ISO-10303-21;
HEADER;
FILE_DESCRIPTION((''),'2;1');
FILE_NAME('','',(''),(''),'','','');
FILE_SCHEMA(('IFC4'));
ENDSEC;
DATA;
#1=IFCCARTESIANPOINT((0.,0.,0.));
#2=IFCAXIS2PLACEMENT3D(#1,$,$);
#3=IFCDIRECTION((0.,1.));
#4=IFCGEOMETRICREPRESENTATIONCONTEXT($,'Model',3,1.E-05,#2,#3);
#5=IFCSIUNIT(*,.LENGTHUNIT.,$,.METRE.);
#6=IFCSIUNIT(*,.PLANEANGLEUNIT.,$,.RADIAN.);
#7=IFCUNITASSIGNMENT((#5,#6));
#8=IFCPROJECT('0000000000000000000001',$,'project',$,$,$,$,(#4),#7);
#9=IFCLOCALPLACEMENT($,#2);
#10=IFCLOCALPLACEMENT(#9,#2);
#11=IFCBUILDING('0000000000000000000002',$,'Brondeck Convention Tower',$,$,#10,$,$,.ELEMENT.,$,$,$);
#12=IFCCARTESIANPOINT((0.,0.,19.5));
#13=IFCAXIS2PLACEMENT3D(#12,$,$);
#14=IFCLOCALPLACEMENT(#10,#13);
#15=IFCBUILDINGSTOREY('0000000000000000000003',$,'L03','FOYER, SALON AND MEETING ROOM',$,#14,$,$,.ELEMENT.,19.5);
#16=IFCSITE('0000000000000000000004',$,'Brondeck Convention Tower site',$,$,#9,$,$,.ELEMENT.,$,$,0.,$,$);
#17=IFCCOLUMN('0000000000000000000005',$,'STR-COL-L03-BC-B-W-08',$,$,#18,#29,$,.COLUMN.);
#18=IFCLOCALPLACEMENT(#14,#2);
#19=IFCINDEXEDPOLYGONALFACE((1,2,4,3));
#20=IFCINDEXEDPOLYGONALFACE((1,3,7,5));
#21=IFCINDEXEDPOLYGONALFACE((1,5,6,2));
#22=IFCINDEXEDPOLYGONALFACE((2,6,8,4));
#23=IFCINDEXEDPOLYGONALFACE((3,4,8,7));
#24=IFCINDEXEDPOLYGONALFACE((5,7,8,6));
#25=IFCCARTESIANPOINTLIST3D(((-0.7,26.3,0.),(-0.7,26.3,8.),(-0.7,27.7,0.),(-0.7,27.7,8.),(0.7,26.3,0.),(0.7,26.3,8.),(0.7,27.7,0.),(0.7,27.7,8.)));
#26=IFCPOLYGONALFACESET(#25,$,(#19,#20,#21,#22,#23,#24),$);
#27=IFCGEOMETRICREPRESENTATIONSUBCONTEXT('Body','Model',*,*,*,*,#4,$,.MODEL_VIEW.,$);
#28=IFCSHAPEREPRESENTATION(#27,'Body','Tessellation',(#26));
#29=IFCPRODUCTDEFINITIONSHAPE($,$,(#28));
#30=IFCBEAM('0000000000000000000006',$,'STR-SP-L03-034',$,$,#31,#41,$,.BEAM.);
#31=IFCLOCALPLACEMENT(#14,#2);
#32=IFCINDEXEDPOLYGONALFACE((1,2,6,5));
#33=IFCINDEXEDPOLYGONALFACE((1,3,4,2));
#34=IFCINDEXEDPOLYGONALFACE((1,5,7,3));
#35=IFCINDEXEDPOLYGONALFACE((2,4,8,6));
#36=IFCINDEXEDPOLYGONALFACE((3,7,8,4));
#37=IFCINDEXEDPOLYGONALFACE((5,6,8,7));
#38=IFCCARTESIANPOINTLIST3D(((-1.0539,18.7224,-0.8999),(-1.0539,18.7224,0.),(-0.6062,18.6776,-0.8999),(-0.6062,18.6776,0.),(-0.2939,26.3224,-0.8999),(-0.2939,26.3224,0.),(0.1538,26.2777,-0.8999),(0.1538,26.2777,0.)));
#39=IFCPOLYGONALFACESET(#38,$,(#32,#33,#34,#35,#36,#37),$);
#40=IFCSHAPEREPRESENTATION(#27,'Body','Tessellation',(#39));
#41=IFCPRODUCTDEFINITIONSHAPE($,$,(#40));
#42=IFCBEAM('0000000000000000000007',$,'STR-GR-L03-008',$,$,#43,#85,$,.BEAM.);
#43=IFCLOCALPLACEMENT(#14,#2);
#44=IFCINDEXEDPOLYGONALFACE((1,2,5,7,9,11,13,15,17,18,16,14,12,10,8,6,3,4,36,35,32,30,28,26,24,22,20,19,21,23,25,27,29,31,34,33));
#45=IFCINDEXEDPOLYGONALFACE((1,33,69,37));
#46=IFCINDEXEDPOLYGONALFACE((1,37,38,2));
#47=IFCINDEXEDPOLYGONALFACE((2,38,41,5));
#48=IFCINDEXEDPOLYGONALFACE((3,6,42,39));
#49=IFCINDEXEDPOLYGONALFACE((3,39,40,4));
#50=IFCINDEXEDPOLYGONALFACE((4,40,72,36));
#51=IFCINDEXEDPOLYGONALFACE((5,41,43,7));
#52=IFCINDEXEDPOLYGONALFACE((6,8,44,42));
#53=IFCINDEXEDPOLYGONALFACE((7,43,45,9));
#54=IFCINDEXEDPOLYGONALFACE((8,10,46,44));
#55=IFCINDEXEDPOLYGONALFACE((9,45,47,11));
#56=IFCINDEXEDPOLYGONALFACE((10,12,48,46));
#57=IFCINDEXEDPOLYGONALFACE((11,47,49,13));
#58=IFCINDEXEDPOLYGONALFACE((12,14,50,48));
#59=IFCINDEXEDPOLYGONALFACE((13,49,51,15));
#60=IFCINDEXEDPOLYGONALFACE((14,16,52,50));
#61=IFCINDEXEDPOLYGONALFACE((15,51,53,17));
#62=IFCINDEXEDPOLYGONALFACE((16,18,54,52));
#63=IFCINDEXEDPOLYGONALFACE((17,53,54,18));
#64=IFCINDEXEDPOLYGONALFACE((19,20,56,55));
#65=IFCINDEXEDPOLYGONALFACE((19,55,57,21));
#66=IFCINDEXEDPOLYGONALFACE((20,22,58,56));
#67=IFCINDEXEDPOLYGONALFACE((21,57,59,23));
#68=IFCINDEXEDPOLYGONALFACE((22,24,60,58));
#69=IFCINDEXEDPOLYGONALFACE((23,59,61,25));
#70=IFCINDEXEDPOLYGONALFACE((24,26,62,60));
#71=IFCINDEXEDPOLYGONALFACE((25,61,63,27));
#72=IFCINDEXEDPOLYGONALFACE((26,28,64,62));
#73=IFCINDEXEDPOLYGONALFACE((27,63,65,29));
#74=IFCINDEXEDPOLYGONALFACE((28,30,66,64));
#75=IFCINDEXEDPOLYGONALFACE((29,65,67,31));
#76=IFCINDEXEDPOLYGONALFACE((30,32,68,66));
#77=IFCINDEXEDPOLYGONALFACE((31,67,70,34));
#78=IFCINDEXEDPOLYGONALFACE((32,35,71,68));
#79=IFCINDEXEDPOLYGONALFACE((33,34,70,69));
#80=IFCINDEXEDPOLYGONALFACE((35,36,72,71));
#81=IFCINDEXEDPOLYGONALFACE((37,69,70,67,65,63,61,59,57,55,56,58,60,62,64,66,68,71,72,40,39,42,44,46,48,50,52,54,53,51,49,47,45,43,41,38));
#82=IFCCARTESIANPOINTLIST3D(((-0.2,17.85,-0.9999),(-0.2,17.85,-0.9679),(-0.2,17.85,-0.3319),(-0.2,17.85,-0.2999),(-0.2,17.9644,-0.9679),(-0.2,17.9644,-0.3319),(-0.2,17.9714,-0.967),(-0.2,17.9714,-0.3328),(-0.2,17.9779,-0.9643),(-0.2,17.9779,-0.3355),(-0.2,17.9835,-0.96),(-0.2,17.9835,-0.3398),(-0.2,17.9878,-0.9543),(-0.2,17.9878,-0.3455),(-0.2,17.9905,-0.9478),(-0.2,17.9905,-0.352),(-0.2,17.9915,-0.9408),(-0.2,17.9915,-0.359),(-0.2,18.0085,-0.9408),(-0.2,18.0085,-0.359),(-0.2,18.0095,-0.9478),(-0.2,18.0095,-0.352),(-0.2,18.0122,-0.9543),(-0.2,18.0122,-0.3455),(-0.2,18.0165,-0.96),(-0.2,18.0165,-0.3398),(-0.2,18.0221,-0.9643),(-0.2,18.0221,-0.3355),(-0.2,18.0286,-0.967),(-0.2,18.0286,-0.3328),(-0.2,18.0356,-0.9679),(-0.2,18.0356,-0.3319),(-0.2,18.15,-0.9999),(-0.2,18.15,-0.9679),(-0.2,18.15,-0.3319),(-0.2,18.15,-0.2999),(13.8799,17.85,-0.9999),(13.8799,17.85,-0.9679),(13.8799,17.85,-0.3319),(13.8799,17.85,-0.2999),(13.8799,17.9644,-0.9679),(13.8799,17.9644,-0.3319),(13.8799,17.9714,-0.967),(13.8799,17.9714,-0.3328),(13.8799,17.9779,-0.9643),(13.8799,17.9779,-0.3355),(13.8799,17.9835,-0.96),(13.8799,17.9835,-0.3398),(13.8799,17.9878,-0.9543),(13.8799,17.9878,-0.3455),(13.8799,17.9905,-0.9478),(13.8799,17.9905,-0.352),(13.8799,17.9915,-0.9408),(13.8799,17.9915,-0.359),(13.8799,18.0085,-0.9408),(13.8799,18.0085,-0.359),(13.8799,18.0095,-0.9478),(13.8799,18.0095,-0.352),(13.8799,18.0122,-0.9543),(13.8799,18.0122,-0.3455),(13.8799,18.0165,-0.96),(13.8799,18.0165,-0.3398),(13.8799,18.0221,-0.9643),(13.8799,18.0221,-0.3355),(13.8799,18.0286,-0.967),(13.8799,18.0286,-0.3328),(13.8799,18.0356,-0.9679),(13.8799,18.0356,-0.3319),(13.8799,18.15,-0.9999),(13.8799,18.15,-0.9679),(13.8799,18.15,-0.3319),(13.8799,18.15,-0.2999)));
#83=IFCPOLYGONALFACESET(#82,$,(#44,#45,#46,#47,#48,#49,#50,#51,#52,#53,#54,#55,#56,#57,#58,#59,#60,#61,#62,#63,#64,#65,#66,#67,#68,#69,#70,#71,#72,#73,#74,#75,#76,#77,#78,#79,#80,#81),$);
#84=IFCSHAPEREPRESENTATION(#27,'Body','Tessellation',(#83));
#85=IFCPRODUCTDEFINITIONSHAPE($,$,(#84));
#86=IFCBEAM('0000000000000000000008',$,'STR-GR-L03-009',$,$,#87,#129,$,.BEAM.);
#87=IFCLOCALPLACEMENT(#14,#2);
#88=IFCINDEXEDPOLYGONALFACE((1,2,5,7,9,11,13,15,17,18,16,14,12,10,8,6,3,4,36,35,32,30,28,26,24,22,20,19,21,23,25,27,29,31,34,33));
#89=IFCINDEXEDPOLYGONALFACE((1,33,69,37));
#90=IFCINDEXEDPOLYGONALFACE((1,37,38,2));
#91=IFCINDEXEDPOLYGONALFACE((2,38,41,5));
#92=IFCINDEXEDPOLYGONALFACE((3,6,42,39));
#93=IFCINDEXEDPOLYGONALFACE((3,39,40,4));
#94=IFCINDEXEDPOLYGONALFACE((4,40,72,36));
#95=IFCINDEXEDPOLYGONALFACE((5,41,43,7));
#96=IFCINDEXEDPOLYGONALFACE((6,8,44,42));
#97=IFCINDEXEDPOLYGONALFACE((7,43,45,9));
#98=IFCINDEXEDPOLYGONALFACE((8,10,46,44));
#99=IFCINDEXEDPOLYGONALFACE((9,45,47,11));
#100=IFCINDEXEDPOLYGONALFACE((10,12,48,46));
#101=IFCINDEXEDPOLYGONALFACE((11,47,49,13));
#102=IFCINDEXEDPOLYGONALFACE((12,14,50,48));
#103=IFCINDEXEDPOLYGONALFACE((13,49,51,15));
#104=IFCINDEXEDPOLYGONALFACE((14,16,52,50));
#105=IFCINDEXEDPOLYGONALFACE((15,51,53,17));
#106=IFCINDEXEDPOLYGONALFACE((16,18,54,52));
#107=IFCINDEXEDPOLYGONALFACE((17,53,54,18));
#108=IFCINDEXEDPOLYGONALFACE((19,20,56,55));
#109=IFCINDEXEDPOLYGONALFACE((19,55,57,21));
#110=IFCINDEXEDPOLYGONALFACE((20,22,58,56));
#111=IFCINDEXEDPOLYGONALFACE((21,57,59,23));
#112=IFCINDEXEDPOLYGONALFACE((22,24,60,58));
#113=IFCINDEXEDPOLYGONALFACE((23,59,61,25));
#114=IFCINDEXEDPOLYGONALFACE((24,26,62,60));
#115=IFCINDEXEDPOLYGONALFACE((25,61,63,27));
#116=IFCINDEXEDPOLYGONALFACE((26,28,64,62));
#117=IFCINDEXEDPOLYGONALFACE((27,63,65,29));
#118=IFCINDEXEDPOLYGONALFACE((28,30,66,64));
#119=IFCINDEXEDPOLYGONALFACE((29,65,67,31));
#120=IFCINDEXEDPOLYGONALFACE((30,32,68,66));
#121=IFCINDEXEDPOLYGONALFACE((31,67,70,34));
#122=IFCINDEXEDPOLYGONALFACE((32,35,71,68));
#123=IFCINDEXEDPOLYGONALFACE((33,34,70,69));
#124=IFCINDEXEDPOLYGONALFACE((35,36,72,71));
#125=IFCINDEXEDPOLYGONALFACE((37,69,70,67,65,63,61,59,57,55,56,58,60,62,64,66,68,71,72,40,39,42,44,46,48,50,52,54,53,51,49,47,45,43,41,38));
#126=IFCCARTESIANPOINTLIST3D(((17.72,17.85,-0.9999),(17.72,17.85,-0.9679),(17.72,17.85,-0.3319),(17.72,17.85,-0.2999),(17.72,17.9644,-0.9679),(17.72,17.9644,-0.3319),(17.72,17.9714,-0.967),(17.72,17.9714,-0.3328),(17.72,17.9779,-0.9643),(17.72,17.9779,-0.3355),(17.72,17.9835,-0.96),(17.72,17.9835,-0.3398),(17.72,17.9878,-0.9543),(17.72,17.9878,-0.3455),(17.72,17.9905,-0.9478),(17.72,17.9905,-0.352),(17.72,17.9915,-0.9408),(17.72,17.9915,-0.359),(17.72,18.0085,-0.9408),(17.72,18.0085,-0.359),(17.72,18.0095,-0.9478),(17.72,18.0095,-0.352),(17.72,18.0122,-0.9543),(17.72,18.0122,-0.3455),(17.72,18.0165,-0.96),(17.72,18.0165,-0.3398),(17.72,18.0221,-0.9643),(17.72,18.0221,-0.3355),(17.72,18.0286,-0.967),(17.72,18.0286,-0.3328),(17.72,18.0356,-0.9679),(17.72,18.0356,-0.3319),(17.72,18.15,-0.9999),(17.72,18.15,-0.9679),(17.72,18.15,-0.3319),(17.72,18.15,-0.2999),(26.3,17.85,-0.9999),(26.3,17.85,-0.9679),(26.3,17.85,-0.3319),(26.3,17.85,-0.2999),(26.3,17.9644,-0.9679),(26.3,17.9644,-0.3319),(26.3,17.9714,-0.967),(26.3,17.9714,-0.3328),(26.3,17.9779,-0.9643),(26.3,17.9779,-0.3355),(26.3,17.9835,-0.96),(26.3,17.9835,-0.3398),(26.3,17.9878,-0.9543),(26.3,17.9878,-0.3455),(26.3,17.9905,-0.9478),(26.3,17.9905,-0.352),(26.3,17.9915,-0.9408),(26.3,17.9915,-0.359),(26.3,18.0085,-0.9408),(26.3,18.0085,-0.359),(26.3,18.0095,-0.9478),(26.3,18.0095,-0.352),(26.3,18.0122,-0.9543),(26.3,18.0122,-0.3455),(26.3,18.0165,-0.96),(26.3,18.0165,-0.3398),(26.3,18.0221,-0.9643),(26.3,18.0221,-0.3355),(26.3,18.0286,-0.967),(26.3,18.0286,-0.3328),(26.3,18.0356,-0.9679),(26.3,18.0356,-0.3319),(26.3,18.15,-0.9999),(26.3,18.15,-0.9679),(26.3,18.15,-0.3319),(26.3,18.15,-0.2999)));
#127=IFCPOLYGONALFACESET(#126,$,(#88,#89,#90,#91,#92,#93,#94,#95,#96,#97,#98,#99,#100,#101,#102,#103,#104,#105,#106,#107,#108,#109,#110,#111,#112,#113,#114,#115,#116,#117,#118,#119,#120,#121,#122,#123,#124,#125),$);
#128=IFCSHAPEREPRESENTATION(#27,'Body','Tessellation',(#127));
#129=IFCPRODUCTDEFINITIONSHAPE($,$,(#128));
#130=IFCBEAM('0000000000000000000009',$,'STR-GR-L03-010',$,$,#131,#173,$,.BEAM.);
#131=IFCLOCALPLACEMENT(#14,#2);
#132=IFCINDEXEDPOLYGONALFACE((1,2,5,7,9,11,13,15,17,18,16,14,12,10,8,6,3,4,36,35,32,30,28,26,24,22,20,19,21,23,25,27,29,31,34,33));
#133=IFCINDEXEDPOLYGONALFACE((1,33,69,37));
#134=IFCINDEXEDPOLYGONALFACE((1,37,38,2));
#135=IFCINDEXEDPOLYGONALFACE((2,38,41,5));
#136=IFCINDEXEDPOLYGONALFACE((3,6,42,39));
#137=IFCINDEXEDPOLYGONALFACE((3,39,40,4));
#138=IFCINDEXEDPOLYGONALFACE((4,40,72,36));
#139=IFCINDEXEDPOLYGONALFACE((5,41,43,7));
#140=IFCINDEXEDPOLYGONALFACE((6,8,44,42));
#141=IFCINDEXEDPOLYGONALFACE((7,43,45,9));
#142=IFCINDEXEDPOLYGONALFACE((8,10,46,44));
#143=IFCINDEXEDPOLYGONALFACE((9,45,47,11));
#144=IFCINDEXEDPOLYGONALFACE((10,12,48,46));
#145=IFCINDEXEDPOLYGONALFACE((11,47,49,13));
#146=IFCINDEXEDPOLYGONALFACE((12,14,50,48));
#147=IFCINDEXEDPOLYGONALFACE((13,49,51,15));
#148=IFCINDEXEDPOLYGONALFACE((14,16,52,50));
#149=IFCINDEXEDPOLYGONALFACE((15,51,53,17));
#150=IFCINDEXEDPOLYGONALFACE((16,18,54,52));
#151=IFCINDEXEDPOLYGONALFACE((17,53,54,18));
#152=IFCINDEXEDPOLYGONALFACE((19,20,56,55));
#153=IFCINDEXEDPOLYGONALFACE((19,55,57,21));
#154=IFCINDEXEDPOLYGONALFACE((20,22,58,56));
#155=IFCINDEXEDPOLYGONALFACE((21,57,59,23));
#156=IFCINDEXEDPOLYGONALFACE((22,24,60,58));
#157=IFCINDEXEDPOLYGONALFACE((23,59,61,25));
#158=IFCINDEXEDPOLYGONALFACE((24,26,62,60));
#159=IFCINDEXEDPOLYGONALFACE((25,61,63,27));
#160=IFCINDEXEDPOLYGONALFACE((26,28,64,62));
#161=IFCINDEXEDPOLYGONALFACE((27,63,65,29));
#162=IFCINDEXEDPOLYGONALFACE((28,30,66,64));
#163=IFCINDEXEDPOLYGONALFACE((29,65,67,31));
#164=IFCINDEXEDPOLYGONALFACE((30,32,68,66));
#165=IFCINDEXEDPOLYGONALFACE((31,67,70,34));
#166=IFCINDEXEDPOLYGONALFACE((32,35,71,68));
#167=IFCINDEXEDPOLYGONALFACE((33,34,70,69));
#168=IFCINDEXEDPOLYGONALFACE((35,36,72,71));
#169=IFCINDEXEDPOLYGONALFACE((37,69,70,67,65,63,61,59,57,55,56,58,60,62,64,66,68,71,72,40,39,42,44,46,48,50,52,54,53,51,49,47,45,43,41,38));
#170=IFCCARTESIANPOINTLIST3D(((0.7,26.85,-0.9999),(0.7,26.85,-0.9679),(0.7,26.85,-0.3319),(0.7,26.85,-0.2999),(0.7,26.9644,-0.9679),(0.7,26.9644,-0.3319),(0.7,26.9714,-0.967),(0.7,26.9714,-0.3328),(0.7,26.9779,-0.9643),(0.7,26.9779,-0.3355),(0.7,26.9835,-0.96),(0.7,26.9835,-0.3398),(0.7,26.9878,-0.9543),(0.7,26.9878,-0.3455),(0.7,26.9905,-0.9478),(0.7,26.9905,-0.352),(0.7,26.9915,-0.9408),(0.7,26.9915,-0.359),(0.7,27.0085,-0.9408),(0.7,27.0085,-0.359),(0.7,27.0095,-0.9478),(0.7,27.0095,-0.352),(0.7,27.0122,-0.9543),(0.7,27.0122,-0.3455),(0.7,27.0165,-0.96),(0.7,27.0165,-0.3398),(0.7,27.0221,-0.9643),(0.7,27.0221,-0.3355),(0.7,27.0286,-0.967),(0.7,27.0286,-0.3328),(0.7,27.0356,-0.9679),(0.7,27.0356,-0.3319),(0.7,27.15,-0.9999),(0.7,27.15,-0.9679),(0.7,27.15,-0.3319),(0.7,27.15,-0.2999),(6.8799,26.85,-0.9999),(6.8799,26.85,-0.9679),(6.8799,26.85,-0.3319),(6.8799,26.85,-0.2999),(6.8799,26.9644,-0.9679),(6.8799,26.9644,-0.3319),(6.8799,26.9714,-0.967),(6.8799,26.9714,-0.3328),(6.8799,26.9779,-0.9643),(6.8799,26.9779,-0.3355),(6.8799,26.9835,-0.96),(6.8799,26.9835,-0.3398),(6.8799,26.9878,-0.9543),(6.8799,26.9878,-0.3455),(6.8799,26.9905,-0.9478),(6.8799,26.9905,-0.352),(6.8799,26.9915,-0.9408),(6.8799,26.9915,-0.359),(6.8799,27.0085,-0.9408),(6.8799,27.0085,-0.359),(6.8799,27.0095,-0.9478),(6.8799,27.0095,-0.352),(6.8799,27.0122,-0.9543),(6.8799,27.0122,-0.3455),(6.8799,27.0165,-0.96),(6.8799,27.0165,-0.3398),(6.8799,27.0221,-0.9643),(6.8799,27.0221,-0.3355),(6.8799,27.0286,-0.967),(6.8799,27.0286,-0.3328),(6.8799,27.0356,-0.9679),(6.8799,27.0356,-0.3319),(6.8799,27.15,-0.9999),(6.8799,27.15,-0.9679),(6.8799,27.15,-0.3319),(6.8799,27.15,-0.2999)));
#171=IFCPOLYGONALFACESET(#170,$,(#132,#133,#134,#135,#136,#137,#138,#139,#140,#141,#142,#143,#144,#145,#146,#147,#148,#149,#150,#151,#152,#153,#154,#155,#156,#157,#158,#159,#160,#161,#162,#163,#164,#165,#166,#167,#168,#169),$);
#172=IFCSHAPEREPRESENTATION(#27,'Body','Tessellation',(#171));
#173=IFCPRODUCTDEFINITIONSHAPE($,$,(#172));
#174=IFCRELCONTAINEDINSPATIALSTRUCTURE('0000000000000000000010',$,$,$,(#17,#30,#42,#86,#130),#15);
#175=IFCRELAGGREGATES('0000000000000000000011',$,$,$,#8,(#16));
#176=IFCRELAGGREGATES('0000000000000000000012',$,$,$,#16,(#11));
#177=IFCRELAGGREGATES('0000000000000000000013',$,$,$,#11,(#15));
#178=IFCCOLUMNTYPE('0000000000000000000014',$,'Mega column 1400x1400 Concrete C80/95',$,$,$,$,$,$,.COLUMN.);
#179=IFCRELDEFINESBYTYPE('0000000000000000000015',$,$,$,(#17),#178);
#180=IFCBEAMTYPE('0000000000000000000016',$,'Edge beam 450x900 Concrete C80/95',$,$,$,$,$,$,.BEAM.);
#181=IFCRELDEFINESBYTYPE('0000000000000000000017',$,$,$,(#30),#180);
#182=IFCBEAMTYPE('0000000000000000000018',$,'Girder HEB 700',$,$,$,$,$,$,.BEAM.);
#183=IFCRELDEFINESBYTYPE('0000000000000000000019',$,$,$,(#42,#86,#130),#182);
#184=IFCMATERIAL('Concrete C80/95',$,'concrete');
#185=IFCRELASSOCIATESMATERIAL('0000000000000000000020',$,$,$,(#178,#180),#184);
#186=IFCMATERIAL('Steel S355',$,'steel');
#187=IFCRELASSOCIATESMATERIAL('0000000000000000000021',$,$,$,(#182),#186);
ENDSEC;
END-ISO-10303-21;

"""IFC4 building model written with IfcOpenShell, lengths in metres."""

from ifc_helpers import new_model, si_unit, direction, frame, origin, origin_2d, place, context, subcontext, project, spatial, rectangle, i_section, extrude, material, material_profile, profile_set, type_object, element, save


model = new_model("IFC4")

# Units and contexts
model_context = context("Model", 3, precision=1e-05, world=origin(), true_north=direction((0.0, 1.0)))
body_context = subcontext(model_context, "Body", "Model", "MODEL_VIEW")
ifc_project = project(units=[si_unit("LENGTHUNIT", "METRE"), si_unit("PLANEANGLEUNIT", "RADIAN")], contexts=[model_context])

# Site, building, storey
site_placement = place(None, origin())
site = spatial("IfcSite", under=ifc_project, at=site_placement, Name="Brondeck Convention Tower site", CompositionType="ELEMENT", RefElevation=0.0)
building_placement = place(site_placement, origin())
building = spatial("IfcBuilding", under=site, at=building_placement, Name="Brondeck Convention Tower", CompositionType="ELEMENT")
storey_placement = place(building_placement, frame((0.0, 0.0, 19.5)))
storey = spatial("IfcBuildingStorey", under=building, at=storey_placement, Name="L03", Description="FOYER, SALON AND MEETING ROOM", CompositionType="ELEMENT", Elevation=19.5)

# Column
ifc_material_1 = material(Name="Concrete C80/95", Category="concrete")
ifc_material_profile_1 = material_profile(ifc_material_1, rectangle(XDim=1.3999, YDim=1.3999, at=origin_2d()), Name="Mega column 1400x1400 Concrete C80/95")
ifc_profile_set_1 = profile_set([ifc_material_profile_1], Name="Concrete C80/95")
column_type = type_object("IfcColumnType", Name="Mega column 1400x1400 Concrete C80/95", PredefinedType="COLUMN", material=ifc_profile_set_1)
column_placement = place(storey_placement, frame((0.0, 27.0, 0.0), z_axis=(0.0, 0.0, 1.0), x_axis=(1.0, 0.0, 0.0)))
element("IfcColumn", 1, at=column_placement, inside=storey, type_object=column_type, Name="STR-COL-L03-BC-B-W-08", PredefinedType="COLUMN", context=body_context, shape_type="SweptSolid", body=[
    extrude(rectangle(XDim=1.3999, YDim=1.3999, at=origin_2d()), origin(), (0.0, 0.0, 1.0), 8.0),
])

# Beams
ifc_material_profile_2 = material_profile(ifc_material_1, rectangle(XDim=0.45, YDim=0.8999, at=origin_2d()), Name="Edge beam 450x900 Concrete C80/95")
ifc_profile_set_2 = profile_set([ifc_material_profile_2], Name="Concrete C80/95")
beam_type_1 = type_object("IfcBeamType", Name="Edge beam 450x900 Concrete C80/95", PredefinedType="BEAM", material=ifc_profile_set_2)
beam_1_placement = place(storey_placement, frame((-0.0701, 26.3, -0.45), z_axis=(-0.099504, -0.995037, 0.0), x_axis=(0.995037, -0.099504, 0.0)))
element("IfcBeam", 2, at=beam_1_placement, inside=storey, type_object=beam_type_1, Name="STR-SP-L03-034", PredefinedType="BEAM", context=body_context, shape_type="SweptSolid", body=[
    extrude(rectangle(XDim=0.45, YDim=0.8999, at=origin_2d()), origin(), (0.0, 0.0, 1.0), 7.6379),
])
ifc_material_2 = material(Name="Steel S355", Category="steel")
ifc_material_profile_3 = material_profile(ifc_material_2, i_section(OverallWidth=0.3, OverallDepth=0.7, WebThickness=0.0171, FlangeThickness=0.032, FilletRadius=0.0271, at=origin_2d()), Name="HEB 700")
ifc_profile_set_3 = profile_set([ifc_material_profile_3], Name="Steel S355")
beam_type_2 = type_object("IfcBeamType", Name="Girder HEB 700", PredefinedType="BEAM", material=ifc_profile_set_3)
beam_2_placement = place(storey_placement, frame((-0.2, 18.0, -0.6499), z_axis=(1.0, 0.0, 0.0), x_axis=(0.0, 1.0, 0.0)))
element("IfcBeam", 3, at=beam_2_placement, inside=storey, type_object=beam_type_2, Name="STR-GR-L03-008", PredefinedType="BEAM", context=body_context, shape_type="SweptSolid", body=[
    extrude(i_section(OverallWidth=0.3, OverallDepth=0.7, WebThickness=0.0171, FlangeThickness=0.032, FilletRadius=0.0271, at=origin_2d()), origin(), (0.0, 0.0, 1.0), 14.0798),
])
beam_3_placement = place(storey_placement, frame((17.72, 18.0, -0.6499), z_axis=(1.0, 0.0, 0.0), x_axis=(0.0, 1.0, 0.0)))
element("IfcBeam", 4, at=beam_3_placement, inside=storey, type_object=beam_type_2, Name="STR-GR-L03-009", PredefinedType="BEAM", context=body_context, shape_type="SweptSolid", body=[
    extrude(i_section(OverallWidth=0.3, OverallDepth=0.7, WebThickness=0.0171, FlangeThickness=0.032, FilletRadius=0.0271, at=origin_2d()), origin(), (0.0, 0.0, 1.0), 8.5801),
])
beam_4_placement = place(storey_placement, frame((0.7, 27.0, -0.6499), z_axis=(1.0, 0.0, 0.0), x_axis=(0.0, 1.0, 0.0)))
element("IfcBeam", 5, at=beam_4_placement, inside=storey, type_object=beam_type_2, Name="STR-GR-L03-010", PredefinedType="BEAM", context=body_context, shape_type="SweptSolid", body=[
    extrude(i_section(OverallWidth=0.3, OverallDepth=0.7, WebThickness=0.0171, FlangeThickness=0.032, FilletRadius=0.0271, at=origin_2d()), origin(), (0.0, 0.0, 1.0), 6.1799),
])

save(model, "model.ifc")
